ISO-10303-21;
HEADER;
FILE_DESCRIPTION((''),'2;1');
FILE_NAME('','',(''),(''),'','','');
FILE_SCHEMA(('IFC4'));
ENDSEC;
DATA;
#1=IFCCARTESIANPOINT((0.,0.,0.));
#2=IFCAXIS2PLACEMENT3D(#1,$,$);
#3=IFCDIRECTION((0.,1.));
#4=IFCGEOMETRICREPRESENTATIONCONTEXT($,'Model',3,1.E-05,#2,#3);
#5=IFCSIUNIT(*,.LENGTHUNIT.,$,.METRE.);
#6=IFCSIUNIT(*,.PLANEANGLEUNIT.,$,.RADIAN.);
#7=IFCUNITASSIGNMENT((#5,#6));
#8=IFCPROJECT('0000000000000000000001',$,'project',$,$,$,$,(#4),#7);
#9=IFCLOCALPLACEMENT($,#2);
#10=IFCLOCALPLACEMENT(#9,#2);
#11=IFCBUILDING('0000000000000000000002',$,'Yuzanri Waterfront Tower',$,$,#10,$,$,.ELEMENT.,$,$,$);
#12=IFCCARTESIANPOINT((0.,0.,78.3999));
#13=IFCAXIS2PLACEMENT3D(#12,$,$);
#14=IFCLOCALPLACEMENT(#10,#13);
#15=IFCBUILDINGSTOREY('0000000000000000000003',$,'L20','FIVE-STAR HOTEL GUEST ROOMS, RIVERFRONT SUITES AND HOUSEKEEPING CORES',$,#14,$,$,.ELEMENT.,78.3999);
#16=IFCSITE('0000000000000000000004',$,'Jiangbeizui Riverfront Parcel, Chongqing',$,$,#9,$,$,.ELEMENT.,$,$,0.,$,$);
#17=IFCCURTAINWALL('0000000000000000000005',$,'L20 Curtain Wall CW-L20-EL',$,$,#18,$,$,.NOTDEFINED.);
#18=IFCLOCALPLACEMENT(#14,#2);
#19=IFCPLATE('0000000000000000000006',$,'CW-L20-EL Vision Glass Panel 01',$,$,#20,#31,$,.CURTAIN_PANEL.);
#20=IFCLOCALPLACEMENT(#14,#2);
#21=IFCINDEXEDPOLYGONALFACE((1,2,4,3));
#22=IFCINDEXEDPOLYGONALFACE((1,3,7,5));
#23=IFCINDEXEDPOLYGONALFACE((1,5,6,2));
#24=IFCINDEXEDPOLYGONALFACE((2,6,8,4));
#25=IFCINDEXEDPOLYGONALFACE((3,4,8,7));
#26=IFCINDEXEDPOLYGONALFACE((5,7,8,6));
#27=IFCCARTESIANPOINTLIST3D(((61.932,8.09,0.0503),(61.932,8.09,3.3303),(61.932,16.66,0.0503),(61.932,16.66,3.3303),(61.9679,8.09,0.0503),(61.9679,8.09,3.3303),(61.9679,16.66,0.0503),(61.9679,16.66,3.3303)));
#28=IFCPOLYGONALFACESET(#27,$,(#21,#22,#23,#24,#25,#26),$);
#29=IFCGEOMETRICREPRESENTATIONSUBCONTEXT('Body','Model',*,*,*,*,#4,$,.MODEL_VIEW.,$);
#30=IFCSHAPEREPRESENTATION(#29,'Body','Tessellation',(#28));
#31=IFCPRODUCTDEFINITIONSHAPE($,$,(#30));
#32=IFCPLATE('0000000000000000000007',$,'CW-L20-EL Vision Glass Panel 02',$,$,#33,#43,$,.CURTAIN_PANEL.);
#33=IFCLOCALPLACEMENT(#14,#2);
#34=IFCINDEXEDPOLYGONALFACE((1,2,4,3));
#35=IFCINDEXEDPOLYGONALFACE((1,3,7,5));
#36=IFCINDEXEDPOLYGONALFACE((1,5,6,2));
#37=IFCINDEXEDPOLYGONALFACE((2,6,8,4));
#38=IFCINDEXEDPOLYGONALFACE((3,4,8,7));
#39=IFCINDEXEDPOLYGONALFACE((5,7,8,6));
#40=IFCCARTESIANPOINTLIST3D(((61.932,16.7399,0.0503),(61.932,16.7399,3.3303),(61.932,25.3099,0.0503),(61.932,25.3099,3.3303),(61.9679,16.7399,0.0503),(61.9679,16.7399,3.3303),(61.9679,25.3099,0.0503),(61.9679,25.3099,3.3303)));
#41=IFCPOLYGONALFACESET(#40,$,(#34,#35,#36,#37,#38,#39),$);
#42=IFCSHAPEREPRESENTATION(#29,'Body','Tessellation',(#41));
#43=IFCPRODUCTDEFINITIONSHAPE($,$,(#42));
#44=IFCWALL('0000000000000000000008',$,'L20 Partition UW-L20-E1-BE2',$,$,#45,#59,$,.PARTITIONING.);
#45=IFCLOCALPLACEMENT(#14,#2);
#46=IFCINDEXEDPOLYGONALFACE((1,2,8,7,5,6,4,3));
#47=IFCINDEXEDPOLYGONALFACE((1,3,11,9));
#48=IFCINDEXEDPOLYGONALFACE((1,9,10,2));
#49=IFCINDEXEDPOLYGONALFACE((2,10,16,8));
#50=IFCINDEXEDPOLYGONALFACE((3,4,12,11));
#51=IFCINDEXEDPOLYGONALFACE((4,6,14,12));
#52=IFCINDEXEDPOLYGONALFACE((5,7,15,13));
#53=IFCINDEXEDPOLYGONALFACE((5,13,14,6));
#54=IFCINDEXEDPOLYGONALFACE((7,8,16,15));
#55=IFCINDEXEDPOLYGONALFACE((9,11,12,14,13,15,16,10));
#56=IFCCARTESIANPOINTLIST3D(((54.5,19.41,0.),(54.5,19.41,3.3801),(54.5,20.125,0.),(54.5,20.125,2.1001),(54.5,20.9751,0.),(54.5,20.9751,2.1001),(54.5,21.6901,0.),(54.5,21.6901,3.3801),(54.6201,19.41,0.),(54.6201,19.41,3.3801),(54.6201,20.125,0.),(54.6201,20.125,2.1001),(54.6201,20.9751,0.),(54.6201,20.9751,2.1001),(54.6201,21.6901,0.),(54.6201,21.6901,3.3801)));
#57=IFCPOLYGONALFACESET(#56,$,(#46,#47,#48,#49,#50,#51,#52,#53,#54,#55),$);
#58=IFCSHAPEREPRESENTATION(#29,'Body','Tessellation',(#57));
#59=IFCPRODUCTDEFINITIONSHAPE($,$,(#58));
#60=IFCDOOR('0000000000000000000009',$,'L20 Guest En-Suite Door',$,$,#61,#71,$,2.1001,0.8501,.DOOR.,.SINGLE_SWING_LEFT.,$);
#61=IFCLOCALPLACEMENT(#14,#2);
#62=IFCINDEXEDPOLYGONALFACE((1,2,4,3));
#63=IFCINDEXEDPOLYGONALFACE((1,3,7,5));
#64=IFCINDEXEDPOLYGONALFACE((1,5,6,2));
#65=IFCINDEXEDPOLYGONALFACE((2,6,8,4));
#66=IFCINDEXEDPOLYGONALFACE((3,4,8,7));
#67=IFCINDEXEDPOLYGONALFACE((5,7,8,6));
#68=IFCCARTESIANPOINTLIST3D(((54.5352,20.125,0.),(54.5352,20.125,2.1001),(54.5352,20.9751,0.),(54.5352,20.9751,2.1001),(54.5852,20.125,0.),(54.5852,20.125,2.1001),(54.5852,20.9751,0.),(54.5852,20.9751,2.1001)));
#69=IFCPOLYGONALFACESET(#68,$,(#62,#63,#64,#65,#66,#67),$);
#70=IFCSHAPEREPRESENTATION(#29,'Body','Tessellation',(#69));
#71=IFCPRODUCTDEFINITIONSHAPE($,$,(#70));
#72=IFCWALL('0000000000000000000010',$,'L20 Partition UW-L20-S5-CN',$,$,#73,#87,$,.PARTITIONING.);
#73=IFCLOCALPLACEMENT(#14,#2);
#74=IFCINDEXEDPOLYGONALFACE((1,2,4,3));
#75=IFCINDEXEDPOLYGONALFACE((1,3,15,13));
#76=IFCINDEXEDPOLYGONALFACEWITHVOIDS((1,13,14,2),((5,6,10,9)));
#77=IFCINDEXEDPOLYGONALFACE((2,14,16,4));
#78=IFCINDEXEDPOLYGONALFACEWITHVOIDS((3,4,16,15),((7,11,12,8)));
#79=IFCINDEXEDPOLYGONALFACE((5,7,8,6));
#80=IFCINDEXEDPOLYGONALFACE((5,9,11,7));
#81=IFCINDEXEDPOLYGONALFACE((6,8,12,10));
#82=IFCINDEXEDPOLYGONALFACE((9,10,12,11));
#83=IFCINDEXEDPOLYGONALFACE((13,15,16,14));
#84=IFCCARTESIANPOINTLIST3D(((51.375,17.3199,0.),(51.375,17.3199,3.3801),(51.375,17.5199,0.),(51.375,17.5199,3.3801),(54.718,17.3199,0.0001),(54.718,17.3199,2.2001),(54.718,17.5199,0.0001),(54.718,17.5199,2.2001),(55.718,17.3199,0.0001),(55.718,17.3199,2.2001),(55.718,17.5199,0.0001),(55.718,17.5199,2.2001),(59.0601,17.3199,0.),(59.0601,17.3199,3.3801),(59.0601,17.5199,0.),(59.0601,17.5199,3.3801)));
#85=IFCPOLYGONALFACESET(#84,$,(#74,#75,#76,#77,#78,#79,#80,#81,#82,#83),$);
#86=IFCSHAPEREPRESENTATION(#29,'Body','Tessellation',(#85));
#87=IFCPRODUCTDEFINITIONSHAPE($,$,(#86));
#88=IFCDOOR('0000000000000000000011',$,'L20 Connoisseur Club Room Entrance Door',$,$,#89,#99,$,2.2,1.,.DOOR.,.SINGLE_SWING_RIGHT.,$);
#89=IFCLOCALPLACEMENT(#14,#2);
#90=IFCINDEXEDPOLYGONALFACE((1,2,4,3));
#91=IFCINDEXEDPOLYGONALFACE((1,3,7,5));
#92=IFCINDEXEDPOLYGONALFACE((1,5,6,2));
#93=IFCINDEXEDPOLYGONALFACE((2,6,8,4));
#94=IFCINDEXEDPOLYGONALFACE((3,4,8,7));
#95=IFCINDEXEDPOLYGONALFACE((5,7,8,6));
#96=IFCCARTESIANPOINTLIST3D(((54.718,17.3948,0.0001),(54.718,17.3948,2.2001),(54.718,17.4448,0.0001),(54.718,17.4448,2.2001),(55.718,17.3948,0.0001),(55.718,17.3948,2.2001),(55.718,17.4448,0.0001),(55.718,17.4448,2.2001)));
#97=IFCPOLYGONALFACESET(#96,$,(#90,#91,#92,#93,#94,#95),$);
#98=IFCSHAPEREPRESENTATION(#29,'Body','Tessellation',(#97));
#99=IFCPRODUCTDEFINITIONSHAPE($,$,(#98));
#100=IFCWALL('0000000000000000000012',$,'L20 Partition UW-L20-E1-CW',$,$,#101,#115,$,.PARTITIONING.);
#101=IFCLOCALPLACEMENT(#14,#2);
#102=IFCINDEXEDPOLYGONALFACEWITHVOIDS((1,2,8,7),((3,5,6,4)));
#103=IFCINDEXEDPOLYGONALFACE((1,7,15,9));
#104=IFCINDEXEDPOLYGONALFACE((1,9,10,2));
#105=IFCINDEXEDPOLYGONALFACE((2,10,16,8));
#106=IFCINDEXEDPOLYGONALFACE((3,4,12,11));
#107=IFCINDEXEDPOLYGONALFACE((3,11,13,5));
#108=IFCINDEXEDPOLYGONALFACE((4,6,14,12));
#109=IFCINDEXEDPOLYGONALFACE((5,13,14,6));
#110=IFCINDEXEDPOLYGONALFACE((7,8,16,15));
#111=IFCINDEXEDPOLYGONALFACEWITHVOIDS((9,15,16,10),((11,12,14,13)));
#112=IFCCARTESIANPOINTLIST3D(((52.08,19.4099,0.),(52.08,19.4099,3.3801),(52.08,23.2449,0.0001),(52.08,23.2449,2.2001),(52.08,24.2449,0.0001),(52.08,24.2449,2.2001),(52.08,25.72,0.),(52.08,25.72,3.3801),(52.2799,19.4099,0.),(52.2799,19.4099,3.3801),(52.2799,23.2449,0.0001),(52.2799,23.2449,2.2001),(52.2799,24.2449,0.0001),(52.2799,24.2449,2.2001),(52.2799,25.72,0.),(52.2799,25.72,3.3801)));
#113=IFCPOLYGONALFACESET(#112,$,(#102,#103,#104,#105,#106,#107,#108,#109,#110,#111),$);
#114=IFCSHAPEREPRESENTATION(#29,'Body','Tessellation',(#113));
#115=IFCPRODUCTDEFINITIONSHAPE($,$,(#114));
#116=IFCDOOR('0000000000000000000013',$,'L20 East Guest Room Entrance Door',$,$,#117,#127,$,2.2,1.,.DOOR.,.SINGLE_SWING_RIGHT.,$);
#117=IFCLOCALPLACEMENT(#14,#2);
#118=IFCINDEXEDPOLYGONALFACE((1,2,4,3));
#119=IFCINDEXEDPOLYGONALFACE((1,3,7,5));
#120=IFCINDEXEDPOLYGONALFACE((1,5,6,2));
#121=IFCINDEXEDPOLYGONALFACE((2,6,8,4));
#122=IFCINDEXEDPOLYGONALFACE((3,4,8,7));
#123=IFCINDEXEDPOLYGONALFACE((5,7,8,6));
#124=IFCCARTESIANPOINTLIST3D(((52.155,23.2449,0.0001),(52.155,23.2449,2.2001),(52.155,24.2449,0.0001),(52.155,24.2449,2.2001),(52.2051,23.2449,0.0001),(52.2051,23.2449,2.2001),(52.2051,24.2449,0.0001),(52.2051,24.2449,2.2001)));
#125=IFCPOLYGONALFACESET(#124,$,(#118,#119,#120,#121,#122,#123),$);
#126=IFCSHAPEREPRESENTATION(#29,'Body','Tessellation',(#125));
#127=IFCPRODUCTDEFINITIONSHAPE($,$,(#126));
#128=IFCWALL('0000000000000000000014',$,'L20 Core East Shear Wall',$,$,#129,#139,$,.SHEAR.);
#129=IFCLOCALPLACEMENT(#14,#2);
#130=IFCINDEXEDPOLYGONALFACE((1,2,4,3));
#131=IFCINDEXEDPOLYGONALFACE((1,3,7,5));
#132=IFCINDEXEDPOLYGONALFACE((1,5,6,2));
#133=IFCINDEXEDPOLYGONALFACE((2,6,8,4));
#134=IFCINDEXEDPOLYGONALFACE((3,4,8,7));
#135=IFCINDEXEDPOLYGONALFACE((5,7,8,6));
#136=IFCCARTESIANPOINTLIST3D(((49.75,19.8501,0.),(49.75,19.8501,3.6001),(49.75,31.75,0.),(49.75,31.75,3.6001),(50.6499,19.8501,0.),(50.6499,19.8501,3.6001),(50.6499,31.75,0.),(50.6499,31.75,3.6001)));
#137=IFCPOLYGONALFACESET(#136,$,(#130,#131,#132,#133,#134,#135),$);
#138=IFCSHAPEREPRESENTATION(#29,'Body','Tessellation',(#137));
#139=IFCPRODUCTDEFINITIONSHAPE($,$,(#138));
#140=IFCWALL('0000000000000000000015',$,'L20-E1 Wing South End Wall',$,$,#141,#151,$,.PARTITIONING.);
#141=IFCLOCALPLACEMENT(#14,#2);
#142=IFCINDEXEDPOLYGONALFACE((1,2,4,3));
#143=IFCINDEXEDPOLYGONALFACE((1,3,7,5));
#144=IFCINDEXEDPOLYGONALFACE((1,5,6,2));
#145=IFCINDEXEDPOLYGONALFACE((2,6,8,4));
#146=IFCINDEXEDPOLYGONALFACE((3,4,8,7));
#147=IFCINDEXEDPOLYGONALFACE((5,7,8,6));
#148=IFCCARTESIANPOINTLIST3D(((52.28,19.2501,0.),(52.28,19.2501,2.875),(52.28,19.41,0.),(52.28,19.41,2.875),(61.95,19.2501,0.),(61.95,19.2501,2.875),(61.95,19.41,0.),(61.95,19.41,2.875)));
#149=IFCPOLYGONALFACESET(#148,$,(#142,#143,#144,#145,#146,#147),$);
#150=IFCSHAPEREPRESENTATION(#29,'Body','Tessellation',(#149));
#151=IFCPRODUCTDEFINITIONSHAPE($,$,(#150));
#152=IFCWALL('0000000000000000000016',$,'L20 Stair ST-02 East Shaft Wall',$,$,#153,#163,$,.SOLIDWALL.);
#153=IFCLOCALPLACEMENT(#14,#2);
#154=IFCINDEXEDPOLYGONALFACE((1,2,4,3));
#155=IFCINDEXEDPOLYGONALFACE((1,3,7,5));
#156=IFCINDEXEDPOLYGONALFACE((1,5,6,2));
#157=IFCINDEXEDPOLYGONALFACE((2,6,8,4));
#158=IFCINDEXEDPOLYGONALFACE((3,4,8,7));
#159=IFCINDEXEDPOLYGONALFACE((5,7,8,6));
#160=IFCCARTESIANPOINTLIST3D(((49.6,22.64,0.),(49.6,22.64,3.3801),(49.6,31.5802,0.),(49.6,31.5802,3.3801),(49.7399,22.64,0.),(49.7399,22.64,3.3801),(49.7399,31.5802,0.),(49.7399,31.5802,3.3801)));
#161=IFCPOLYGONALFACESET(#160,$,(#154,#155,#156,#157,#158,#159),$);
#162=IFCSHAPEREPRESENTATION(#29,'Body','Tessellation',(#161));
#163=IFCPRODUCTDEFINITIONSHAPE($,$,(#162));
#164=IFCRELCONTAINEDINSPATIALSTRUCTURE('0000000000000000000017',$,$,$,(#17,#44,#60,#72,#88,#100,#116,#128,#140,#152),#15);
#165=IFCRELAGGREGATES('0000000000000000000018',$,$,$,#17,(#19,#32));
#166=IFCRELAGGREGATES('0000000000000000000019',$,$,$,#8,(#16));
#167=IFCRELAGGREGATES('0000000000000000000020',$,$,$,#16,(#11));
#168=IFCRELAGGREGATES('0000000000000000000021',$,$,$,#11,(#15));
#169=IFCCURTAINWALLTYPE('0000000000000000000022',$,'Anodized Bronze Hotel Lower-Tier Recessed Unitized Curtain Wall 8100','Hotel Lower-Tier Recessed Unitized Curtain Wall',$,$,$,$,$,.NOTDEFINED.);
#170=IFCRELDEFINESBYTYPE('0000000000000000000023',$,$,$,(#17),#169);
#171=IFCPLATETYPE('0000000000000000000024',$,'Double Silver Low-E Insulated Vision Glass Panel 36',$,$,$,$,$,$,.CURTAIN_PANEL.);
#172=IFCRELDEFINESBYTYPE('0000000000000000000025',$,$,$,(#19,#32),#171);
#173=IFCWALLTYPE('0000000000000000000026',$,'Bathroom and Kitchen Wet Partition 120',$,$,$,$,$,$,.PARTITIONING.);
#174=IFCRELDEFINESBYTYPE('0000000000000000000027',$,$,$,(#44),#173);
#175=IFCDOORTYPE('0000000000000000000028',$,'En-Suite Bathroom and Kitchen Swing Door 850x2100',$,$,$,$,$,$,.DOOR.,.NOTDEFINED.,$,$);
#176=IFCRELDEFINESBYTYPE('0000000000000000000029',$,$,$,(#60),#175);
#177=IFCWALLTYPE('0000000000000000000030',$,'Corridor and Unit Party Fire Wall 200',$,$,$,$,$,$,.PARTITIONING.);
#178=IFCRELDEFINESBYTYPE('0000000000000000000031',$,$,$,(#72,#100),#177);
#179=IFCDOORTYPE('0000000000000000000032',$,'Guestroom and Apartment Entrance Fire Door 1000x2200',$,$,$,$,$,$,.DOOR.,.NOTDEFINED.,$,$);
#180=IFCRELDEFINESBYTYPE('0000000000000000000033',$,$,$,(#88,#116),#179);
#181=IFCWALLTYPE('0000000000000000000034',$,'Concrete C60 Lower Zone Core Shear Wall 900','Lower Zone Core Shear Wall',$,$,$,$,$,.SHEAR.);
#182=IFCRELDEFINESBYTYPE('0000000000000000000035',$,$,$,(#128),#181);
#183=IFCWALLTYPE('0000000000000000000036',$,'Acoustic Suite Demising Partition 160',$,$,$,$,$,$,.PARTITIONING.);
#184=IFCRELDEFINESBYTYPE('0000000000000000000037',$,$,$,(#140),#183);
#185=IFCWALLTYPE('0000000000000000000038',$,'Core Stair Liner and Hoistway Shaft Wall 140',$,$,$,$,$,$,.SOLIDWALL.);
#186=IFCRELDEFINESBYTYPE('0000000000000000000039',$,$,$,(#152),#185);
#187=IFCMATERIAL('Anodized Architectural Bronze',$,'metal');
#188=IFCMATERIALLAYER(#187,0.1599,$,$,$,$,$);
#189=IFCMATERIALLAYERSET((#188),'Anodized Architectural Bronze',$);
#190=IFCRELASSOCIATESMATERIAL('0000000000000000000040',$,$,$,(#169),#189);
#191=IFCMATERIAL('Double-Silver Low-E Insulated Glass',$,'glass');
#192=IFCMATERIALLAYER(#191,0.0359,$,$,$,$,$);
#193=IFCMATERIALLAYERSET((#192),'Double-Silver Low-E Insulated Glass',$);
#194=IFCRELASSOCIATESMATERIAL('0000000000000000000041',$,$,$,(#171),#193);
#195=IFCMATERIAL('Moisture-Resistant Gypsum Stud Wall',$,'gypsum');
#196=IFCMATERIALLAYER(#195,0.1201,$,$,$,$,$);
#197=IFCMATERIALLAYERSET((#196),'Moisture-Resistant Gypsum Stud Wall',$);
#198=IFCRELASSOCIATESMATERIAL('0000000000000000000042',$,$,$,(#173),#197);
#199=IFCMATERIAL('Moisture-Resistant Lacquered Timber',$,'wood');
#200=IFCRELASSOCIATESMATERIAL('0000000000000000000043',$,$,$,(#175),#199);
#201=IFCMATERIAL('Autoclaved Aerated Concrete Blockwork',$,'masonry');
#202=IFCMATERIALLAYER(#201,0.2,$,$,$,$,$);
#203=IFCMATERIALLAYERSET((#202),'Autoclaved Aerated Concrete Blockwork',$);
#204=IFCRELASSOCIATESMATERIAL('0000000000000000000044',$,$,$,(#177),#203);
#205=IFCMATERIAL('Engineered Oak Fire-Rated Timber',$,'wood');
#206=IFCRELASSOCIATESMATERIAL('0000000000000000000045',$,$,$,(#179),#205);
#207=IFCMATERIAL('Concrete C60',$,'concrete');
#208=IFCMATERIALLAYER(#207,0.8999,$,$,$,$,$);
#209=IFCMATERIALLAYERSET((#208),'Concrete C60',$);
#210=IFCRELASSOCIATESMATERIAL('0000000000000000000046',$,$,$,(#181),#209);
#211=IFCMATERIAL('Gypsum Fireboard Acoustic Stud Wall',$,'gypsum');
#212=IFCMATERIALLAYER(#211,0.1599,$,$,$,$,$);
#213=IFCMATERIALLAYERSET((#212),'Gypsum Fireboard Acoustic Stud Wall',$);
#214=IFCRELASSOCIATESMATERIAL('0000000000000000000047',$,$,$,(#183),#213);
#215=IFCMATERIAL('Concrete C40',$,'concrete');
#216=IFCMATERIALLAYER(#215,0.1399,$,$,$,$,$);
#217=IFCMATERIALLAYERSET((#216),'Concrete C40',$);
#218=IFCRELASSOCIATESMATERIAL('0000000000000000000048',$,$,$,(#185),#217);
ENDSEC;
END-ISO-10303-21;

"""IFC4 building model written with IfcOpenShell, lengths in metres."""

from ifc_helpers import new_model, si_unit, direction, frame, frame_2d, origin, origin_2d, place, context, subcontext, project, spatial, rectangle, extrude, source, transform, mapped, material, layer, layer_set, type_object, element, fill, aggregate, save


model = new_model("IFC4")

# Units and contexts
model_context = context("Model", 3, precision=1e-05, world=origin(), true_north=direction((0.0, 1.0)))
body_context = subcontext(model_context, "Body", "Model", "MODEL_VIEW")
ifc_project = project(units=[si_unit("LENGTHUNIT", "METRE"), si_unit("PLANEANGLEUNIT", "RADIAN")], contexts=[model_context])

# Site, building, storey
site_placement = place(None, origin())
site = spatial("IfcSite", under=ifc_project, at=site_placement, Name="Jiangbeizui Riverfront Parcel, Chongqing", CompositionType="ELEMENT", RefElevation=0.0)
building_placement = place(site_placement, origin())
building = spatial("IfcBuilding", under=site, at=building_placement, Name="Yuzanri Waterfront Tower", CompositionType="ELEMENT")
storey_placement = place(building_placement, frame((0.0, 0.0, 78.3999)))
storey = spatial("IfcBuildingStorey", under=building, at=storey_placement, Name="L20", Description="FIVE-STAR HOTEL GUEST ROOMS, RIVERFRONT SUITES AND HOUSEKEEPING CORES", CompositionType="ELEMENT", Elevation=78.3999)

# Curtain wall, plates
ifc_material_1 = material(Name="Anodized Architectural Bronze", Category="metal")
ifc_layer_1 = layer(ifc_material_1, 0.1599)
ifc_layer_set_1 = layer_set([ifc_layer_1], Name="Anodized Architectural Bronze")
curtain_wall_type = type_object("IfcCurtainWallType", Name="Anodized Bronze Hotel Lower-Tier Recessed Unitized Curtain Wall 8100", Description="Hotel Lower-Tier Recessed Unitized Curtain Wall", PredefinedType="NOTDEFINED", material=ifc_layer_set_1)
curtain_wall_placement = place(storey_placement, origin())
curtain_wall = element("IfcCurtainWall", 1, at=curtain_wall_placement, inside=storey, type_object=curtain_wall_type, Name="L20 Curtain Wall CW-L20-EL", PredefinedType="NOTDEFINED")
ifc_material_2 = material(Name="Double-Silver Low-E Insulated Glass", Category="glass")
ifc_layer_2 = layer(ifc_material_2, 0.0359)
ifc_layer_set_2 = layer_set([ifc_layer_2], Name="Double-Silver Low-E Insulated Glass")
plate_type = type_object("IfcPlateType", Name="Double Silver Low-E Insulated Vision Glass Panel 36", PredefinedType="CURTAIN_PANEL", material=ifc_layer_set_2)
shared_shape_1 = source(origin(), body_context, "Body", "SweptSolid", [
    extrude(rectangle(XDim=8.5701, YDim=0.0359, at=origin_2d()), origin(), (0.0, 0.0, 1.0), 3.28),
])
plate_1_placement = place(storey_placement, frame((61.95, 12.375, 0.0503), z_axis=(0.0, 0.0, 1.0), x_axis=(0.0, 1.0, 0.0)))
plate_1 = element("IfcPlate", 2, at=plate_1_placement, type_object=plate_type, Name="CW-L20-EL Vision Glass Panel 01", PredefinedType="CURTAIN_PANEL", context=body_context, shape_type="MappedRepresentation", body=[
    mapped(shared_shape_1, transform((0.0, 0.0, 0.0), scale=1.0)),
])
plate_2_placement = place(storey_placement, frame((61.95, 21.0249, 0.0503), z_axis=(0.0, 0.0, 1.0), x_axis=(0.0, 1.0, 0.0)))
plate_2 = element("IfcPlate", 3, at=plate_2_placement, type_object=plate_type, Name="CW-L20-EL Vision Glass Panel 02", PredefinedType="CURTAIN_PANEL", context=body_context, shape_type="MappedRepresentation", body=[
    mapped(shared_shape_1, transform((0.0, 0.0, 0.0), scale=1.0)),
])
aggregate(curtain_wall, [plate_1, plate_2])

# Walls, openings, doors
ifc_material_3 = material(Name="Moisture-Resistant Gypsum Stud Wall", Category="gypsum")
ifc_layer_3 = layer(ifc_material_3, 0.1201)
ifc_layer_set_3 = layer_set([ifc_layer_3], Name="Moisture-Resistant Gypsum Stud Wall")
wall_type_1 = type_object("IfcWallType", Name="Bathroom and Kitchen Wet Partition 120", PredefinedType="PARTITIONING", material=ifc_layer_set_3)
wall_1_placement = place(storey_placement, frame((54.5601, 19.4099, 0.0), z_axis=(0.0, 0.0, 1.0), x_axis=(0.0, 1.0, 0.0)))
wall_1 = element("IfcWall", 4, at=wall_1_placement, inside=storey, type_object=wall_type_1, Name="L20 Partition UW-L20-E1-BE2", PredefinedType="PARTITIONING", context=body_context, shape_type="SweptSolid", body=[
    extrude(rectangle(XDim=2.28, YDim=0.1201, at=frame_2d((1.1401, 0.0))), origin(), (0.0, 0.0, 1.0), 3.3801),
])
opening_1_placement = place(wall_1_placement, frame((0.7151, 0.0, 0.0)))
opening_1 = element("IfcOpeningElement", 5, at=opening_1_placement, cuts=wall_1, PredefinedType="OPENING", context=body_context, shape_type="SweptSolid", body=[
    extrude(rectangle(XDim=0.8501, YDim=2.1001, at=frame_2d((0.425, 1.05))), frame((0.0, 0.075, 0.0), z_axis=(0.0, -1.0, 0.0), x_axis=(1.0, 0.0, 0.0)), (0.0, 0.0, 1.0), 0.1499),
])
ifc_material_4 = material(Name="Moisture-Resistant Lacquered Timber", Category="wood")
door_type_1 = type_object("IfcDoorType", Name="En-Suite Bathroom and Kitchen Swing Door 850x2100", OperationType="NOTDEFINED", PredefinedType="DOOR", material=ifc_material_4)
shared_shape_2 = source(origin(), body_context, "Body", "SweptSolid", [
    extrude(rectangle(XDim=0.8501, YDim=2.1001, at=frame_2d((0.425, 1.05))), frame((0.0, 0.0249, 0.0), z_axis=(0.0, -1.0, 0.0), x_axis=(1.0, 0.0, 0.0)), (0.0, 0.0, 1.0), 0.05),
])
door_1_placement = place(opening_1_placement, origin())
door_1 = element("IfcDoor", 6, at=door_1_placement, inside=storey, type_object=door_type_1, Name="L20 Guest En-Suite Door", OperationType="SINGLE_SWING_LEFT", OverallHeight=2.1001, OverallWidth=0.8501, PredefinedType="DOOR", context=body_context, shape_type="MappedRepresentation", body=[
    mapped(shared_shape_2, transform((0.0, 0.0, 0.0), scale=1.0)),
])
fill(opening_1, door_1)
ifc_material_5 = material(Name="Autoclaved Aerated Concrete Blockwork", Category="masonry")
ifc_layer_4 = layer(ifc_material_5, 0.2)
ifc_layer_set_4 = layer_set([ifc_layer_4], Name="Autoclaved Aerated Concrete Blockwork")
wall_type_2 = type_object("IfcWallType", Name="Corridor and Unit Party Fire Wall 200", PredefinedType="PARTITIONING", material=ifc_layer_set_4)
wall_2_placement = place(storey_placement, frame((51.375, 17.4199, 0.0), z_axis=(0.0, 0.0, 1.0), x_axis=(1.0, 0.0, 0.0)))
wall_2 = element("IfcWall", 7, at=wall_2_placement, inside=storey, type_object=wall_type_2, Name="L20 Partition UW-L20-S5-CN", PredefinedType="PARTITIONING", context=body_context, shape_type="SweptSolid", body=[
    extrude(rectangle(XDim=7.6851, YDim=0.2, at=frame_2d((3.8425, 0.0))), origin(), (0.0, 0.0, 1.0), 3.3801),
])
opening_2_placement = place(wall_2_placement, frame((3.343, 0.0, 0.0)))
opening_2 = element("IfcOpeningElement", 8, at=opening_2_placement, cuts=wall_2, PredefinedType="OPENING", context=body_context, shape_type="SweptSolid", body=[
    extrude(rectangle(XDim=1.0, YDim=2.2, at=frame_2d((0.5, 1.1001))), frame((0.0, 0.1147, 0.0), z_axis=(0.0, -1.0, 0.0), x_axis=(1.0, 0.0, 0.0)), (0.0, 0.0, 1.0), 0.2297),
])
ifc_material_6 = material(Name="Engineered Oak Fire-Rated Timber", Category="wood")
door_type_2 = type_object("IfcDoorType", Name="Guestroom and Apartment Entrance Fire Door 1000x2200", OperationType="NOTDEFINED", PredefinedType="DOOR", material=ifc_material_6)
shared_shape_3 = source(origin(), body_context, "Body", "SweptSolid", [
    extrude(rectangle(XDim=1.0, YDim=2.2, at=frame_2d((0.5, 1.1001))), frame((0.0, 0.0249, 0.0), z_axis=(0.0, -1.0, 0.0), x_axis=(1.0, 0.0, 0.0)), (0.0, 0.0, 1.0), 0.05),
])
door_2_placement = place(opening_2_placement, origin())
door_2 = element("IfcDoor", 9, at=door_2_placement, inside=storey, type_object=door_type_2, Name="L20 Connoisseur Club Room Entrance Door", OperationType="SINGLE_SWING_RIGHT", OverallHeight=2.2, OverallWidth=1.0, PredefinedType="DOOR", context=body_context, shape_type="MappedRepresentation", body=[
    mapped(shared_shape_3, transform((0.0, 0.0, 0.0), scale=1.0)),
])
fill(opening_2, door_2)
wall_3_placement = place(storey_placement, frame((52.1799, 19.4099, 0.0), z_axis=(0.0, 0.0, 1.0), x_axis=(0.0, 1.0, 0.0)))
wall_3 = element("IfcWall", 10, at=wall_3_placement, inside=storey, type_object=wall_type_2, Name="L20 Partition UW-L20-E1-CW", PredefinedType="PARTITIONING", context=body_context, shape_type="SweptSolid", body=[
    extrude(rectangle(XDim=6.3101, YDim=0.2, at=frame_2d((3.155, 0.0))), origin(), (0.0, 0.0, 1.0), 3.3801),
])
opening_3_placement = place(wall_3_placement, frame((3.835, 0.0, 0.0)))
opening_3 = element("IfcOpeningElement", 11, at=opening_3_placement, cuts=wall_3, PredefinedType="OPENING", context=body_context, shape_type="SweptSolid", body=[
    extrude(rectangle(XDim=1.0, YDim=2.2, at=frame_2d((0.5, 1.1001))), frame((0.0, 0.1147, 0.0), z_axis=(0.0, -1.0, 0.0), x_axis=(1.0, 0.0, 0.0)), (0.0, 0.0, 1.0), 0.2297),
])
door_3_placement = place(opening_3_placement, origin())
door_3 = element("IfcDoor", 12, at=door_3_placement, inside=storey, type_object=door_type_2, Name="L20 East Guest Room Entrance Door", OperationType="SINGLE_SWING_RIGHT", OverallHeight=2.2, OverallWidth=1.0, PredefinedType="DOOR", context=body_context, shape_type="MappedRepresentation", body=[
    mapped(shared_shape_3, transform((0.0, 0.0, 0.0), scale=1.0)),
])
fill(opening_3, door_3)

# Walls
ifc_material_7 = material(Name="Concrete C60", Category="concrete")
ifc_layer_5 = layer(ifc_material_7, 0.8999)
ifc_layer_set_5 = layer_set([ifc_layer_5], Name="Concrete C60")
wall_type_3 = type_object("IfcWallType", Name="Concrete C60 Lower Zone Core Shear Wall 900", Description="Lower Zone Core Shear Wall", PredefinedType="SHEAR", material=ifc_layer_set_5)
shared_shape_4 = source(origin(), body_context, "Body", "SweptSolid", [
    extrude(rectangle(XDim=11.8999, YDim=0.8999, at=frame_2d((5.95, 0.0))), origin(), (0.0, 0.0, 1.0), 3.6001),
])
wall_4_placement = place(storey_placement, frame((50.2, 19.8501, 0.0), z_axis=(0.0, 0.0, 1.0), x_axis=(0.0, 1.0, 0.0)))
element("IfcWall", 13, at=wall_4_placement, inside=storey, type_object=wall_type_3, Name="L20 Core East Shear Wall", PredefinedType="SHEAR", context=body_context, shape_type="MappedRepresentation", body=[
    mapped(shared_shape_4, transform((0.0, 0.0, 0.0), scale=1.0)),
])
ifc_material_8 = material(Name="Gypsum Fireboard Acoustic Stud Wall", Category="gypsum")
ifc_layer_6 = layer(ifc_material_8, 0.1599)
ifc_layer_set_6 = layer_set([ifc_layer_6], Name="Gypsum Fireboard Acoustic Stud Wall")
wall_type_4 = type_object("IfcWallType", Name="Acoustic Suite Demising Partition 160", PredefinedType="PARTITIONING", material=ifc_layer_set_6)
shared_shape_5 = source(origin(), body_context, "Body", "SweptSolid", [
    extrude(rectangle(XDim=9.6699, YDim=0.1599, at=frame_2d((4.835, 0.0))), origin(), (0.0, 0.0, 1.0), 2.875),
])
wall_5_placement = place(storey_placement, frame((52.28, 19.3301, 0.0), z_axis=(0.0, 0.0, 1.0), x_axis=(1.0, 0.0, 0.0)))
element("IfcWall", 14, at=wall_5_placement, inside=storey, type_object=wall_type_4, Name="L20-E1 Wing South End Wall", PredefinedType="PARTITIONING", context=body_context, shape_type="MappedRepresentation", body=[
    mapped(shared_shape_5, transform((0.0, 0.0, 0.0), scale=1.0)),
])
ifc_material_9 = material(Name="Concrete C40", Category="concrete")
ifc_layer_7 = layer(ifc_material_9, 0.1399)
ifc_layer_set_7 = layer_set([ifc_layer_7], Name="Concrete C40")
wall_type_5 = type_object("IfcWallType", Name="Core Stair Liner and Hoistway Shaft Wall 140", PredefinedType="SOLIDWALL", material=ifc_layer_set_7)
shared_shape_6 = source(origin(), body_context, "Body", "SweptSolid", [
    extrude(rectangle(XDim=8.9402, YDim=0.1399, at=frame_2d((4.4702, 0.0))), origin(), (0.0, 0.0, 1.0), 3.3801),
])
wall_6_placement = place(storey_placement, frame((49.6699, 22.6399, 0.0), z_axis=(0.0, 0.0, 1.0), x_axis=(0.0, 1.0, 0.0)))
element("IfcWall", 15, at=wall_6_placement, inside=storey, type_object=wall_type_5, Name="L20 Stair ST-02 East Shaft Wall", PredefinedType="SOLIDWALL", context=body_context, shape_type="MappedRepresentation", body=[
    mapped(shared_shape_6, transform((0.0, 0.0, 0.0), scale=1.0)),
])

save(model, "model.ifc")
